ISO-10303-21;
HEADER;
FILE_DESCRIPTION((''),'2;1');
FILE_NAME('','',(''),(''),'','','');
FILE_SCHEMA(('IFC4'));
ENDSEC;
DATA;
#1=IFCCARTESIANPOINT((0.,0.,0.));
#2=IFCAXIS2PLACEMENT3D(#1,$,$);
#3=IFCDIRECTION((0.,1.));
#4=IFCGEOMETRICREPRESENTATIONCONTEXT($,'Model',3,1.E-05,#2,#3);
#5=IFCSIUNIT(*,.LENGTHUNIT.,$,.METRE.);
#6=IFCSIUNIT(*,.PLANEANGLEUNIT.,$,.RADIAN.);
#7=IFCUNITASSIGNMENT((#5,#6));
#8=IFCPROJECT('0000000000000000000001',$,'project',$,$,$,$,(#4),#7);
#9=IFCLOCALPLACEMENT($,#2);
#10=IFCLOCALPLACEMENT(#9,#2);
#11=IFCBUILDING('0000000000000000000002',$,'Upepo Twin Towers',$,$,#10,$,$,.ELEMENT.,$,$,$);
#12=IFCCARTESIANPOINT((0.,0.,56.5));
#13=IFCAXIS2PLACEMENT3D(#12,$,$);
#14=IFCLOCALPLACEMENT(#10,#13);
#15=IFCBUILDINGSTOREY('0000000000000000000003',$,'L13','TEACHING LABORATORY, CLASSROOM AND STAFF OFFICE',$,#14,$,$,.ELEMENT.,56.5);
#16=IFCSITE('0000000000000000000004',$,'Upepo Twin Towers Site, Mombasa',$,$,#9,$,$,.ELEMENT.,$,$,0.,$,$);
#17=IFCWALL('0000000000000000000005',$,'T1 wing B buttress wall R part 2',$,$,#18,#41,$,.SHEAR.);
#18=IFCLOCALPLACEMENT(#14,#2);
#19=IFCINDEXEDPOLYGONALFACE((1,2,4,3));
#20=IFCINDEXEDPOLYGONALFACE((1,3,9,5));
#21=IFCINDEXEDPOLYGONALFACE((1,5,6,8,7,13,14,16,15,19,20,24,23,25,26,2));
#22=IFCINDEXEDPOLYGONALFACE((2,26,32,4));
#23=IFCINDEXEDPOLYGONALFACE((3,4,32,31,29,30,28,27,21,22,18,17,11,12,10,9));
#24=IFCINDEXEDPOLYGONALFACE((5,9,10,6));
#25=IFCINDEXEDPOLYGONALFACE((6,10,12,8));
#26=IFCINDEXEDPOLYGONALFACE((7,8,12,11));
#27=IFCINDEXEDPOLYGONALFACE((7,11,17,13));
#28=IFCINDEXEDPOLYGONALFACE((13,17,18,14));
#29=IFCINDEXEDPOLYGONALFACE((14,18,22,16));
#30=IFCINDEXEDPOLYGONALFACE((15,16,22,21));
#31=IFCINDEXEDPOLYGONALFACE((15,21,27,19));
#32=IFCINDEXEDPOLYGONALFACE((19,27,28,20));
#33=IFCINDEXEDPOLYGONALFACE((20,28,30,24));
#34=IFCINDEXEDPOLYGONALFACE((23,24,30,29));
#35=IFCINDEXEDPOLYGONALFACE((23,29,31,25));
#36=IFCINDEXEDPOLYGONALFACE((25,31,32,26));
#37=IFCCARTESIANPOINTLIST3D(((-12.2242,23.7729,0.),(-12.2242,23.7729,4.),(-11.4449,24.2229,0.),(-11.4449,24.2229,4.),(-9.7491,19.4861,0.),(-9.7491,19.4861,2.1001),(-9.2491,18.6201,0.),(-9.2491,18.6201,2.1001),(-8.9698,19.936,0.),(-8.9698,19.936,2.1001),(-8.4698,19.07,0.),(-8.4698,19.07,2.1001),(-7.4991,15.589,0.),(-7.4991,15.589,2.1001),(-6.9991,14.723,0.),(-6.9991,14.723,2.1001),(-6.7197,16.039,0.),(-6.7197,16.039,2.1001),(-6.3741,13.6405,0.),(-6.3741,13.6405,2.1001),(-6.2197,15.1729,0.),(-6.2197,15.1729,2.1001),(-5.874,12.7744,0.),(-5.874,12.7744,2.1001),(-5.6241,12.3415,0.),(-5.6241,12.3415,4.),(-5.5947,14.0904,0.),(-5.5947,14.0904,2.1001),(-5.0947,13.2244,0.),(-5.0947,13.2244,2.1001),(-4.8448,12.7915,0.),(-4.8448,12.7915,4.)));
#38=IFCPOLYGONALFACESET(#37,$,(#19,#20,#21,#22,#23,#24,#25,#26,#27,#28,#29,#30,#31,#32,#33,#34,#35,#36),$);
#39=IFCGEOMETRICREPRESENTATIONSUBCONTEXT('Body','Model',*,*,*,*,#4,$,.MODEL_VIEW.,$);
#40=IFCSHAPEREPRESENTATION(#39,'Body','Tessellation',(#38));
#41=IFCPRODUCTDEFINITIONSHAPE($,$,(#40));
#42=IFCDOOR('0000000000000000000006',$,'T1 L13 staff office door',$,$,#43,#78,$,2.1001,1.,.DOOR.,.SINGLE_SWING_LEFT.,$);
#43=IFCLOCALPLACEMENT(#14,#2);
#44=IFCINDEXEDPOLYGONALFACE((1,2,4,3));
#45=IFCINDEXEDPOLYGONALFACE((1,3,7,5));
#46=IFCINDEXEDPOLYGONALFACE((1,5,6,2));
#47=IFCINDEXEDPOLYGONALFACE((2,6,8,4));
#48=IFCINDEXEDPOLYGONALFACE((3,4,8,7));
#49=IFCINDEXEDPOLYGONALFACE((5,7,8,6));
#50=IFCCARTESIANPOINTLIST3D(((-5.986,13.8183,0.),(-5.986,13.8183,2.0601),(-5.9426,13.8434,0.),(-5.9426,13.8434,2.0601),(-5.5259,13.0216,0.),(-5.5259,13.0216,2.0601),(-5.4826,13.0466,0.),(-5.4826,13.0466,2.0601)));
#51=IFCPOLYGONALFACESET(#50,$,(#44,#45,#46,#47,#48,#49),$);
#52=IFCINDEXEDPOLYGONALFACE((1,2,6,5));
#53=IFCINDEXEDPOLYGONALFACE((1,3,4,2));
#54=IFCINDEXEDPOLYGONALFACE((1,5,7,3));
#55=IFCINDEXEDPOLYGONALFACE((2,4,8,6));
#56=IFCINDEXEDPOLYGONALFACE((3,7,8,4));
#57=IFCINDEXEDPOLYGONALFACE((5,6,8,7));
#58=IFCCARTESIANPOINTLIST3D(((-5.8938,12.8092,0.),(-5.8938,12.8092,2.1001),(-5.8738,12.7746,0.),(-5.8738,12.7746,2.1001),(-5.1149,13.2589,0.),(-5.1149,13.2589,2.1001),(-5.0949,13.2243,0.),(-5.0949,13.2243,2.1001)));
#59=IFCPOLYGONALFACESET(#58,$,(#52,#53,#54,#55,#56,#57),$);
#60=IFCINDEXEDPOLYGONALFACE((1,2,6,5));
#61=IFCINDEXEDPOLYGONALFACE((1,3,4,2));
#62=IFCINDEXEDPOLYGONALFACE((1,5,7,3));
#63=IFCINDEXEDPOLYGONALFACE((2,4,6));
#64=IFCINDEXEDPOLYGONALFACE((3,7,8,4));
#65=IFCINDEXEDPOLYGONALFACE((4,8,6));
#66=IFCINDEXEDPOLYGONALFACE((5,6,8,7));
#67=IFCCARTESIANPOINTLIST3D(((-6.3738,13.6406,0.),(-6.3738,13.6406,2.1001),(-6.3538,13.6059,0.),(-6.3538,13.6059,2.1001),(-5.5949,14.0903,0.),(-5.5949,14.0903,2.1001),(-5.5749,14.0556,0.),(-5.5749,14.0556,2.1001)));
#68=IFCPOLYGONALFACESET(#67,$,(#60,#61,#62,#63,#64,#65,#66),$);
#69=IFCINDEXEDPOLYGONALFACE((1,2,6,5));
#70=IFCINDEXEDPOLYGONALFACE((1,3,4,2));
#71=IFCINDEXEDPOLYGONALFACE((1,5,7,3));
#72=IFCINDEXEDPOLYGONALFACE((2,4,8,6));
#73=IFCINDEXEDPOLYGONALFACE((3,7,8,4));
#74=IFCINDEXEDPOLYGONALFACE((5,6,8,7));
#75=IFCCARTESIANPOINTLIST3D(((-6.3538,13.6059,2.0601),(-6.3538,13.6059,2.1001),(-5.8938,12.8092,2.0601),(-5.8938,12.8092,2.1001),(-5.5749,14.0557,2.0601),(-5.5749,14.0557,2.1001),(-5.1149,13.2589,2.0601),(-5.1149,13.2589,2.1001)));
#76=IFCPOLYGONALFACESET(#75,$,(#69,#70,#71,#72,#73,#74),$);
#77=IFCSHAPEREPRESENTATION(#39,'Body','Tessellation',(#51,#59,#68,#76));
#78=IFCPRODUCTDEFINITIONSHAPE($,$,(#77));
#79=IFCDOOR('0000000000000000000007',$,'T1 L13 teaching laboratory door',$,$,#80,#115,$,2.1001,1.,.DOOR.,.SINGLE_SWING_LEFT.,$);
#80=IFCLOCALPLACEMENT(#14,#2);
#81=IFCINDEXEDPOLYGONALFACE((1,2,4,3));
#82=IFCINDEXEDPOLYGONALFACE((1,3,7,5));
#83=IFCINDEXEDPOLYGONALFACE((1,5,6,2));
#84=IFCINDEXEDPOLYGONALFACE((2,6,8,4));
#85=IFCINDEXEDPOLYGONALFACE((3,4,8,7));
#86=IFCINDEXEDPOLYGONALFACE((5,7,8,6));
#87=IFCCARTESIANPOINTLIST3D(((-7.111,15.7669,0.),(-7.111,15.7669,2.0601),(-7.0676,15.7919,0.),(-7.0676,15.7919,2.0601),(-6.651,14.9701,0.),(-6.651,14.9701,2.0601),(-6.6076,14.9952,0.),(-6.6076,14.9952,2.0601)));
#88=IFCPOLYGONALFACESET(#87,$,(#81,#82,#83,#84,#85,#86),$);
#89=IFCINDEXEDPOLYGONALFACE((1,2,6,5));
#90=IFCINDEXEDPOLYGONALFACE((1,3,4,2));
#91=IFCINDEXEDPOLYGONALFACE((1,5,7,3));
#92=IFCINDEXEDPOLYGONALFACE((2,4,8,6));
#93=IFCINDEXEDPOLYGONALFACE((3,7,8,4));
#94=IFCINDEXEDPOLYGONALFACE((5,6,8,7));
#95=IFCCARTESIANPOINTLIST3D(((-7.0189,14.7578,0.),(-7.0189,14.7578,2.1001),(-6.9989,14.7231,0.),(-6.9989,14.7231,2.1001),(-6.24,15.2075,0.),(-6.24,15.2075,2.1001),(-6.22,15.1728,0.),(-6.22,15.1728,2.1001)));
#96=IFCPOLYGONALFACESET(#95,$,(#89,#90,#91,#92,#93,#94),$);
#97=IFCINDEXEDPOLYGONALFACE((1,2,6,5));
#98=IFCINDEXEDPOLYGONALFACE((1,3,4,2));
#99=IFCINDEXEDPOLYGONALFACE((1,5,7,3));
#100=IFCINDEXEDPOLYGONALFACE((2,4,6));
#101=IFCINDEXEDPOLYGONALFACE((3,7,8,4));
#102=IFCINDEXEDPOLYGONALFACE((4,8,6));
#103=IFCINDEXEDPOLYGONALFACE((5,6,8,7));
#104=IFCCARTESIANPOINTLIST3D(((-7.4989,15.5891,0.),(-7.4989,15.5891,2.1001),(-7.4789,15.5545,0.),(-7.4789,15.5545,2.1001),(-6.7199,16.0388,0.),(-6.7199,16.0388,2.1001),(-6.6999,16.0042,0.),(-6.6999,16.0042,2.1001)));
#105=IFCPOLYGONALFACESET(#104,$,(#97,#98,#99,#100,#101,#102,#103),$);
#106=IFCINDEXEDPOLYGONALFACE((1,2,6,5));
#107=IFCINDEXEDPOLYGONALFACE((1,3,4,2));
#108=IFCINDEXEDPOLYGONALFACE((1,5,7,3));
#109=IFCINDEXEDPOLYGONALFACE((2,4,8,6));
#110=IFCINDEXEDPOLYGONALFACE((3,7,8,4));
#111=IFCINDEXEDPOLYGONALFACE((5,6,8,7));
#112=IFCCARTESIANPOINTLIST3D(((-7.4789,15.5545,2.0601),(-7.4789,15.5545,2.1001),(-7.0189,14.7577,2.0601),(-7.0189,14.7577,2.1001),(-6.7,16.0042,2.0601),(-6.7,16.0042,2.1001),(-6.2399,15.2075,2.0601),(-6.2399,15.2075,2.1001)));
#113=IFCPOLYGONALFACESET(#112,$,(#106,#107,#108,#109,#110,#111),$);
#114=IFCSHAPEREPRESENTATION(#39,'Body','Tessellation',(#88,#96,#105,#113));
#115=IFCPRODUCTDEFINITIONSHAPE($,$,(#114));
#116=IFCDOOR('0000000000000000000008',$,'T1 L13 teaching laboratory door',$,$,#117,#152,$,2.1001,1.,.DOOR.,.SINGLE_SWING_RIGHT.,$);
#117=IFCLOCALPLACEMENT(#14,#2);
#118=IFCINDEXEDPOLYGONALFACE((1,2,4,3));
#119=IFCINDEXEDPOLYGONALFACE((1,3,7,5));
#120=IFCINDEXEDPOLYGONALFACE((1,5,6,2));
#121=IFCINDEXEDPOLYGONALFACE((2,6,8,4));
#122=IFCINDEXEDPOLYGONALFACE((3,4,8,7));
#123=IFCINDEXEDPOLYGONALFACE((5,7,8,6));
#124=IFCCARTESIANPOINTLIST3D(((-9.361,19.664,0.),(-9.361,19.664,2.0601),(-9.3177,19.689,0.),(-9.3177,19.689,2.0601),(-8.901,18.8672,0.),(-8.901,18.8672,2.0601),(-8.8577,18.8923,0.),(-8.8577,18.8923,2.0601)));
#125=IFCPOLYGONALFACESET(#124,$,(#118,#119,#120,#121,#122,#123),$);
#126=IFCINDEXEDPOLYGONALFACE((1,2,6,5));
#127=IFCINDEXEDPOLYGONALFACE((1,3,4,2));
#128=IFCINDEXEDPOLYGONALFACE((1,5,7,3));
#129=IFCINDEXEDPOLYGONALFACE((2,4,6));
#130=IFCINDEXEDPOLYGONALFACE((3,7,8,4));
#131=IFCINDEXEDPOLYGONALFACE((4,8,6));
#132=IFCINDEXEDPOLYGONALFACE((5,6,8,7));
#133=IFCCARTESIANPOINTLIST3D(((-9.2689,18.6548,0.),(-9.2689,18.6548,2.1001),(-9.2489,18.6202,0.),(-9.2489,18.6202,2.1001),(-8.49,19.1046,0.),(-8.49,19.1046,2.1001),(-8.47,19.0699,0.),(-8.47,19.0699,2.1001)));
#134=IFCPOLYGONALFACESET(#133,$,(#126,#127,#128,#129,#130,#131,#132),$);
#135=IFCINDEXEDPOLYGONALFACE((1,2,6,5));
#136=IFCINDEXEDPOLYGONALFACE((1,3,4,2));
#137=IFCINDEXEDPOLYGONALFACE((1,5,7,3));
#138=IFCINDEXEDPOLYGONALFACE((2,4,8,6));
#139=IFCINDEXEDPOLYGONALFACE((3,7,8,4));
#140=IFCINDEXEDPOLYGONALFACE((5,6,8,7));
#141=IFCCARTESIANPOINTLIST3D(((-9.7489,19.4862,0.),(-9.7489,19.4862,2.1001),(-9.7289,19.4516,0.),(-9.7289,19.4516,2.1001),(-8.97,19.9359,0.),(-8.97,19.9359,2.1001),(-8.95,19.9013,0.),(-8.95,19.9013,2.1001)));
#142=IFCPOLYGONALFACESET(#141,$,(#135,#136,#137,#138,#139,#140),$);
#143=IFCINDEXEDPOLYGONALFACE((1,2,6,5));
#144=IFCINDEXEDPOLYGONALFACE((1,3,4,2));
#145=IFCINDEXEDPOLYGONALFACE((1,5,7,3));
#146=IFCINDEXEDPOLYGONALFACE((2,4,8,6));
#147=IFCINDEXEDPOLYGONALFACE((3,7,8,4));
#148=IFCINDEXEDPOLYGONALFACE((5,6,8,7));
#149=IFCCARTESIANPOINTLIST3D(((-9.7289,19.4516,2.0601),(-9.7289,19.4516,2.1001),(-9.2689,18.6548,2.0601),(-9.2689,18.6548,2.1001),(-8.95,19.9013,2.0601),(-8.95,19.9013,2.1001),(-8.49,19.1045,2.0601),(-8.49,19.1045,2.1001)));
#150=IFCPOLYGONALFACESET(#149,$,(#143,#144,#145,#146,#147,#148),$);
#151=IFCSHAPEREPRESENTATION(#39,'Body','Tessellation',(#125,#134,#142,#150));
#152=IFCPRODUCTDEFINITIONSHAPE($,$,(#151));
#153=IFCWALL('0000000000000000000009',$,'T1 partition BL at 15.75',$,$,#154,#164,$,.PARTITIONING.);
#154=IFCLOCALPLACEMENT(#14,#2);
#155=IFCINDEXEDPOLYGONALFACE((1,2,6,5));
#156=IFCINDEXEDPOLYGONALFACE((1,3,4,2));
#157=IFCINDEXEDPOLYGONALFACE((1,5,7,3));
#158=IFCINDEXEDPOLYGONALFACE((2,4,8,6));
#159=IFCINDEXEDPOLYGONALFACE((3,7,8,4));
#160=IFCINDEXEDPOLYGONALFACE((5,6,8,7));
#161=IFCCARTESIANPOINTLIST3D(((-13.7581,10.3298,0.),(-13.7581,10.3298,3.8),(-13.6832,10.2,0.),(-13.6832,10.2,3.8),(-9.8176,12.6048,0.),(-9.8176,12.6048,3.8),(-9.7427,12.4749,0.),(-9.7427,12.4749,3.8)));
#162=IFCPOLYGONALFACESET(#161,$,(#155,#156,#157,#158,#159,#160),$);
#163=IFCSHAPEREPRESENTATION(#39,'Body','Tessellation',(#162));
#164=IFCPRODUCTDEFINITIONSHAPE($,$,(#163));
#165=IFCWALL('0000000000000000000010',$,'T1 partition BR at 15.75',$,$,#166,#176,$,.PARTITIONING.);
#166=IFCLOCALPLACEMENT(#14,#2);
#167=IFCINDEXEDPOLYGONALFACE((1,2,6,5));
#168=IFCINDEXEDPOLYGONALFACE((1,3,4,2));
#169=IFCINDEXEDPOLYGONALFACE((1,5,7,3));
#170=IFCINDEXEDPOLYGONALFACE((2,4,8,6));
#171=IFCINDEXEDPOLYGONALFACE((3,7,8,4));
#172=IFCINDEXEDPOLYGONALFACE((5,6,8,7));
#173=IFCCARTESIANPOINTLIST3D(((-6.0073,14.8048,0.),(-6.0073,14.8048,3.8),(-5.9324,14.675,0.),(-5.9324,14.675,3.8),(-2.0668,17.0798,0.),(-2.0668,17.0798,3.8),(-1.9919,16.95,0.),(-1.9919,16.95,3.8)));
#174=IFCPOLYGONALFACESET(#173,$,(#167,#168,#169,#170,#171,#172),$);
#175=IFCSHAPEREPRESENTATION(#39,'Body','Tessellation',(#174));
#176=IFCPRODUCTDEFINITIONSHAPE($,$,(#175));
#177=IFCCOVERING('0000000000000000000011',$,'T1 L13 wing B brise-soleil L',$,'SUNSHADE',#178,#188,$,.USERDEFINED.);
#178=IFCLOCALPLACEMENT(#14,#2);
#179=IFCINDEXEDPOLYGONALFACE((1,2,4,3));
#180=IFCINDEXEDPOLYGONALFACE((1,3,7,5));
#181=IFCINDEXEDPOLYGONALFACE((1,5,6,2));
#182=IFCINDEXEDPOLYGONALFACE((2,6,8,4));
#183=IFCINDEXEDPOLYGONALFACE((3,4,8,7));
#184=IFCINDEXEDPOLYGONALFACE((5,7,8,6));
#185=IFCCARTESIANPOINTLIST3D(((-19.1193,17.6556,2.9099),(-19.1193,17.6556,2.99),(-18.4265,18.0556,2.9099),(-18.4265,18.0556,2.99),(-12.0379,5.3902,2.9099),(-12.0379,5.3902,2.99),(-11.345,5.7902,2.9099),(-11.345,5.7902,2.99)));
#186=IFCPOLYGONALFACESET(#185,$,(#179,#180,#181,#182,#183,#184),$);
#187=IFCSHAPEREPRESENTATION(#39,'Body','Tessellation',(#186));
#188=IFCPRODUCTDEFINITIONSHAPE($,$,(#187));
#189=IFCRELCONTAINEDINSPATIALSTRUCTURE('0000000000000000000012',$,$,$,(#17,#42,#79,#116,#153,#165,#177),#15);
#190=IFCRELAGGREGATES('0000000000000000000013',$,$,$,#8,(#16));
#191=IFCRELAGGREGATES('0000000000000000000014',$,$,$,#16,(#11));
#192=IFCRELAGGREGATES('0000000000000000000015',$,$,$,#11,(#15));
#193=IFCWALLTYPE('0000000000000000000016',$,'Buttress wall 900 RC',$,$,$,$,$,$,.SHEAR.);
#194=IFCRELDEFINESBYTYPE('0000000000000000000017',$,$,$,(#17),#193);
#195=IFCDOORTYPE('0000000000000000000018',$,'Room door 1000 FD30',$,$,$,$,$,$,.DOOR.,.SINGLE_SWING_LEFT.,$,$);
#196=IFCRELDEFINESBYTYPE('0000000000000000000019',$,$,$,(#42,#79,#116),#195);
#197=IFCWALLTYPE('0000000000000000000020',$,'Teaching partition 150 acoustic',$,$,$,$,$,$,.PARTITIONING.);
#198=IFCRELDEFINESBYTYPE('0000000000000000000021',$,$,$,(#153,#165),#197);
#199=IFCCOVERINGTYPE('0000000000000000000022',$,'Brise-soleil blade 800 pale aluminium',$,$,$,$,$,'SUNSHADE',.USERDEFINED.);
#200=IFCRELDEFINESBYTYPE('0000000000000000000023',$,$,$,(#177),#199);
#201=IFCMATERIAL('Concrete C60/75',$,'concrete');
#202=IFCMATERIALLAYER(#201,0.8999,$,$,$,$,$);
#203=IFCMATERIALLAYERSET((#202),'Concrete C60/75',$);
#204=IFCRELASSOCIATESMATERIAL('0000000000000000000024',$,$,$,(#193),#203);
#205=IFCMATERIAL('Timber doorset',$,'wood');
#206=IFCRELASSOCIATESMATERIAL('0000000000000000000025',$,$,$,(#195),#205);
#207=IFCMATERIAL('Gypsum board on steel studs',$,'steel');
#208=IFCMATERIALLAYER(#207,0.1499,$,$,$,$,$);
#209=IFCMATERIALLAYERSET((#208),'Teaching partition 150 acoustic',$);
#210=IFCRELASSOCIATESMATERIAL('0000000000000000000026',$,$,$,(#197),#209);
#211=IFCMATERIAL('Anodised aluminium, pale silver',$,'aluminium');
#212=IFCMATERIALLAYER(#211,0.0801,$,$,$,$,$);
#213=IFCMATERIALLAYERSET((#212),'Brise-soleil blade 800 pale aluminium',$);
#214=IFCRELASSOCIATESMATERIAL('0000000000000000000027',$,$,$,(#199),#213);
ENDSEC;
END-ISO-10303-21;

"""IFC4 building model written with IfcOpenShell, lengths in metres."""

from ifc_helpers import new_model, si_unit, direction, frame, frame_2d, origin, origin_2d, place, context, subcontext, project, spatial, rectangle, extrude, material, layer, layer_set, type_object, element, fill, save


model = new_model("IFC4")

# Units and contexts
model_context = context("Model", 3, precision=1e-05, world=origin(), true_north=direction((0.0, 1.0)))
body_context = subcontext(model_context, "Body", "Model", "MODEL_VIEW")
ifc_project = project(units=[si_unit("LENGTHUNIT", "METRE"), si_unit("PLANEANGLEUNIT", "RADIAN")], contexts=[model_context])

# Site, building, storey
site_placement = place(None, origin())
site = spatial("IfcSite", under=ifc_project, at=site_placement, Name="Upepo Twin Towers Site, Mombasa", CompositionType="ELEMENT", RefElevation=0.0)
building_placement = place(site_placement, origin())
building = spatial("IfcBuilding", under=site, at=building_placement, Name="Upepo Twin Towers", CompositionType="ELEMENT")
storey_placement = place(building_placement, frame((0.0, 0.0, 56.5)))
storey = spatial("IfcBuildingStorey", under=building, at=storey_placement, Name="L13", Description="TEACHING LABORATORY, CLASSROOM AND STAFF OFFICE", CompositionType="ELEMENT", Elevation=56.5)

# Wall, openings, doors
ifc_material_1 = material(Name="Concrete C60/75", Category="concrete")
ifc_layer_1 = layer(ifc_material_1, 0.8999)
ifc_layer_set_1 = layer_set([ifc_layer_1], Name="Concrete C60/75")
wall_type_1 = type_object("IfcWallType", Name="Buttress wall 900 RC", PredefinedType="SHEAR", material=ifc_layer_set_1)
ifc_material_2 = material(Name="Timber doorset", Category="wood")
door_type = type_object("IfcDoorType", Name="Room door 1000 FD30", OperationType="SINGLE_SWING_LEFT", PredefinedType="DOOR", material=ifc_material_2)
wall_1_placement = place(storey_placement, frame((-5.2344, 12.5664, 0.0), z_axis=(0.0, 0.0, 1.0), x_axis=(-0.50001, 0.86602, 0.0)))
wall_1 = element("IfcWall", 1, at=wall_1_placement, inside=storey, type_object=wall_type_1, Name="T1 wing B buttress wall R part 2", PredefinedType="SHEAR", context=body_context, shape_type="SweptSolid", body=[
    extrude(rectangle(XDim=13.2, YDim=0.8999, at=frame_2d((6.6001, 0.0))), origin(), (0.0, 0.0, 1.0), 4.0),
])
opening_1_placement = place(wall_1_placement, frame((0.5, 0.0, 0.0)))
opening_1 = element("IfcOpeningElement", 2, at=opening_1_placement, cuts=wall_1, PredefinedType="OPENING", context=body_context, shape_type="SweptSolid", body=[
    extrude(rectangle(XDim=1.0, YDim=2.1001, at=frame_2d((0.5, 1.05))), frame((0.0, 0.46, 0.0), z_axis=(0.0, -1.0, 0.0), x_axis=(1.0, 0.0, 0.0)), (0.0, 0.0, 1.0), 0.9199),
])
opening_2_placement = place(wall_1_placement, frame((2.75, 0.0, 0.0)))
opening_2 = element("IfcOpeningElement", 3, at=opening_2_placement, cuts=wall_1, PredefinedType="OPENING", context=body_context, shape_type="SweptSolid", body=[
    extrude(rectangle(XDim=1.0, YDim=2.1001, at=frame_2d((0.5, 1.05))), frame((0.0, 0.46, 0.0), z_axis=(0.0, -1.0, 0.0), x_axis=(1.0, 0.0, 0.0)), (0.0, 0.0, 1.0), 0.9199),
])
opening_3_placement = place(wall_1_placement, frame((7.25, 0.0, 0.0)))
opening_3 = element("IfcOpeningElement", 4, at=opening_3_placement, cuts=wall_1, PredefinedType="OPENING", context=body_context, shape_type="SweptSolid", body=[
    extrude(rectangle(XDim=1.0, YDim=2.1001, at=frame_2d((0.5, 1.05))), frame((0.0, 0.46, 0.0), z_axis=(0.0, -1.0, 0.0), x_axis=(1.0, 0.0, 0.0)), (0.0, 0.0, 1.0), 0.9199),
])
door_1_placement = place(opening_1_placement, origin())
door_1 = element("IfcDoor", 5, at=door_1_placement, inside=storey, type_object=door_type, Name="T1 L13 staff office door", OperationType="SINGLE_SWING_LEFT", OverallHeight=2.1001, OverallWidth=1.0, PredefinedType="DOOR", context=body_context, shape_type="SweptSolid", body=[
    extrude(rectangle(XDim=0.92, YDim=2.0601, at=frame_2d((0.5, 1.03))), frame((0.0, 0.0249, 0.0), z_axis=(0.0, -1.0, 0.0), x_axis=(1.0, 0.0, 0.0)), (0.0, 0.0, 1.0), 0.05),
    extrude(rectangle(XDim=0.04, YDim=2.1001, at=frame_2d((0.02, 1.05))), frame((0.0, 0.4497, 0.0), z_axis=(0.0, -1.0, 0.0), x_axis=(1.0, 0.0, 0.0)), (0.0, 0.0, 1.0), 0.8994),
    extrude(rectangle(XDim=0.04, YDim=2.1001, at=frame_2d((0.98, 1.05))), frame((0.0, 0.4497, 0.0), z_axis=(0.0, -1.0, 0.0), x_axis=(1.0, 0.0, 0.0)), (0.0, 0.0, 1.0), 0.8994),
    extrude(rectangle(XDim=0.92, YDim=0.04, at=frame_2d((0.5, 2.0801))), frame((0.0, 0.4497, 0.0), z_axis=(0.0, -1.0, 0.0), x_axis=(1.0, 0.0, 0.0)), (0.0, 0.0, 1.0), 0.8994),
])
fill(opening_1, door_1)
door_2_placement = place(opening_2_placement, origin())
door_2 = element("IfcDoor", 6, at=door_2_placement, inside=storey, type_object=door_type, Name="T1 L13 teaching laboratory door", OperationType="SINGLE_SWING_LEFT", OverallHeight=2.1001, OverallWidth=1.0, PredefinedType="DOOR", context=body_context, shape_type="SweptSolid", body=[
    extrude(rectangle(XDim=0.92, YDim=2.0601, at=frame_2d((0.5, 1.03))), frame((0.0, 0.0249, 0.0), z_axis=(0.0, -1.0, 0.0), x_axis=(1.0, 0.0, 0.0)), (0.0, 0.0, 1.0), 0.05),
    extrude(rectangle(XDim=0.04, YDim=2.1001, at=frame_2d((0.02, 1.05))), frame((0.0, 0.4497, 0.0), z_axis=(0.0, -1.0, 0.0), x_axis=(1.0, 0.0, 0.0)), (0.0, 0.0, 1.0), 0.8994),
    extrude(rectangle(XDim=0.04, YDim=2.1001, at=frame_2d((0.98, 1.05))), frame((0.0, 0.4497, 0.0), z_axis=(0.0, -1.0, 0.0), x_axis=(1.0, 0.0, 0.0)), (0.0, 0.0, 1.0), 0.8994),
    extrude(rectangle(XDim=0.92, YDim=0.04, at=frame_2d((0.5, 2.0801))), frame((0.0, 0.4497, 0.0), z_axis=(0.0, -1.0, 0.0), x_axis=(1.0, 0.0, 0.0)), (0.0, 0.0, 1.0), 0.8994),
])
fill(opening_2, door_2)
door_3_placement = place(opening_3_placement, origin())
door_3 = element("IfcDoor", 7, at=door_3_placement, inside=storey, type_object=door_type, Name="T1 L13 teaching laboratory door", OperationType="SINGLE_SWING_RIGHT", OverallHeight=2.1001, OverallWidth=1.0, PredefinedType="DOOR", context=body_context, shape_type="SweptSolid", body=[
    extrude(rectangle(XDim=0.92, YDim=2.0601, at=frame_2d((0.5, 1.03))), frame((0.0, 0.0249, 0.0), z_axis=(0.0, -1.0, 0.0), x_axis=(1.0, 0.0, 0.0)), (0.0, 0.0, 1.0), 0.05),
    extrude(rectangle(XDim=0.04, YDim=2.1001, at=frame_2d((0.02, 1.05))), frame((0.0, 0.4497, 0.0), z_axis=(0.0, -1.0, 0.0), x_axis=(1.0, 0.0, 0.0)), (0.0, 0.0, 1.0), 0.8994),
    extrude(rectangle(XDim=0.04, YDim=2.1001, at=frame_2d((0.98, 1.05))), frame((0.0, 0.4497, 0.0), z_axis=(0.0, -1.0, 0.0), x_axis=(1.0, 0.0, 0.0)), (0.0, 0.0, 1.0), 0.8994),
    extrude(rectangle(XDim=0.92, YDim=0.04, at=frame_2d((0.5, 2.0801))), frame((0.0, 0.4497, 0.0), z_axis=(0.0, -1.0, 0.0), x_axis=(1.0, 0.0, 0.0)), (0.0, 0.0, 1.0), 0.8994),
])
fill(opening_3, door_3)

# Walls
ifc_material_3 = material(Name="Gypsum board on steel studs", Category="steel")
ifc_layer_2 = layer(ifc_material_3, 0.1499)
ifc_layer_set_2 = layer_set([ifc_layer_2], Name="Teaching partition 150 acoustic")
wall_type_2 = type_object("IfcWallType", Name="Teaching partition 150 acoustic", PredefinedType="PARTITIONING", material=ifc_layer_set_2)
for number, where, z_axis, x_axis, name in (
    (8, (-9.7803, 12.5398, 0.0), (0.0, 0.0, 1.0), (-0.866035, -0.499983, 0.0), "T1 partition BL at 15.75"),
    (9, (-5.9697, 14.74, 0.0), (0.0, 0.0, 1.0), (0.866035, 0.499983, 0.0), "T1 partition BR at 15.75"),
):
    element("IfcWall", number, at=place(storey_placement, frame(where, z_axis=z_axis, x_axis=x_axis)), inside=storey, type_object=wall_type_2, Name=name, PredefinedType="PARTITIONING", context=body_context, shape_type="SweptSolid", body=[
        extrude(rectangle(XDim=4.55, YDim=0.1499, at=frame_2d((2.2749, 0.0))), origin(), (0.0, 0.0, 1.0), 3.8),
    ])

# Covering
ifc_material_4 = material(Name="Anodised aluminium, pale silver", Category="aluminium")
ifc_layer_3 = layer(ifc_material_4, 0.0801)
ifc_layer_set_3 = layer_set([ifc_layer_3], Name="Brise-soleil blade 800 pale aluminium")
covering_type = type_object("IfcCoveringType", Name="Brise-soleil blade 800 pale aluminium", ElementType="SUNSHADE", PredefinedType="USERDEFINED", material=ifc_layer_set_3)
covering_placement = place(storey_placement, frame((-15.2322, 11.7229, 2.9099), z_axis=(0.0, 0.0, 1.0), x_axis=(-0.5, 0.866025, 0.0)))
element("IfcCovering", 10, at=covering_placement, inside=storey, type_object=covering_type, Name="T1 L13 wing B brise-soleil L", ObjectType="SUNSHADE", PredefinedType="USERDEFINED", context=body_context, shape_type="SweptSolid", body=[
    extrude(rectangle(XDim=14.1628, YDim=0.8, at=origin_2d()), origin(), (0.0, 0.0, 1.0), 0.0801),
])

save(model, "model.ifc")
